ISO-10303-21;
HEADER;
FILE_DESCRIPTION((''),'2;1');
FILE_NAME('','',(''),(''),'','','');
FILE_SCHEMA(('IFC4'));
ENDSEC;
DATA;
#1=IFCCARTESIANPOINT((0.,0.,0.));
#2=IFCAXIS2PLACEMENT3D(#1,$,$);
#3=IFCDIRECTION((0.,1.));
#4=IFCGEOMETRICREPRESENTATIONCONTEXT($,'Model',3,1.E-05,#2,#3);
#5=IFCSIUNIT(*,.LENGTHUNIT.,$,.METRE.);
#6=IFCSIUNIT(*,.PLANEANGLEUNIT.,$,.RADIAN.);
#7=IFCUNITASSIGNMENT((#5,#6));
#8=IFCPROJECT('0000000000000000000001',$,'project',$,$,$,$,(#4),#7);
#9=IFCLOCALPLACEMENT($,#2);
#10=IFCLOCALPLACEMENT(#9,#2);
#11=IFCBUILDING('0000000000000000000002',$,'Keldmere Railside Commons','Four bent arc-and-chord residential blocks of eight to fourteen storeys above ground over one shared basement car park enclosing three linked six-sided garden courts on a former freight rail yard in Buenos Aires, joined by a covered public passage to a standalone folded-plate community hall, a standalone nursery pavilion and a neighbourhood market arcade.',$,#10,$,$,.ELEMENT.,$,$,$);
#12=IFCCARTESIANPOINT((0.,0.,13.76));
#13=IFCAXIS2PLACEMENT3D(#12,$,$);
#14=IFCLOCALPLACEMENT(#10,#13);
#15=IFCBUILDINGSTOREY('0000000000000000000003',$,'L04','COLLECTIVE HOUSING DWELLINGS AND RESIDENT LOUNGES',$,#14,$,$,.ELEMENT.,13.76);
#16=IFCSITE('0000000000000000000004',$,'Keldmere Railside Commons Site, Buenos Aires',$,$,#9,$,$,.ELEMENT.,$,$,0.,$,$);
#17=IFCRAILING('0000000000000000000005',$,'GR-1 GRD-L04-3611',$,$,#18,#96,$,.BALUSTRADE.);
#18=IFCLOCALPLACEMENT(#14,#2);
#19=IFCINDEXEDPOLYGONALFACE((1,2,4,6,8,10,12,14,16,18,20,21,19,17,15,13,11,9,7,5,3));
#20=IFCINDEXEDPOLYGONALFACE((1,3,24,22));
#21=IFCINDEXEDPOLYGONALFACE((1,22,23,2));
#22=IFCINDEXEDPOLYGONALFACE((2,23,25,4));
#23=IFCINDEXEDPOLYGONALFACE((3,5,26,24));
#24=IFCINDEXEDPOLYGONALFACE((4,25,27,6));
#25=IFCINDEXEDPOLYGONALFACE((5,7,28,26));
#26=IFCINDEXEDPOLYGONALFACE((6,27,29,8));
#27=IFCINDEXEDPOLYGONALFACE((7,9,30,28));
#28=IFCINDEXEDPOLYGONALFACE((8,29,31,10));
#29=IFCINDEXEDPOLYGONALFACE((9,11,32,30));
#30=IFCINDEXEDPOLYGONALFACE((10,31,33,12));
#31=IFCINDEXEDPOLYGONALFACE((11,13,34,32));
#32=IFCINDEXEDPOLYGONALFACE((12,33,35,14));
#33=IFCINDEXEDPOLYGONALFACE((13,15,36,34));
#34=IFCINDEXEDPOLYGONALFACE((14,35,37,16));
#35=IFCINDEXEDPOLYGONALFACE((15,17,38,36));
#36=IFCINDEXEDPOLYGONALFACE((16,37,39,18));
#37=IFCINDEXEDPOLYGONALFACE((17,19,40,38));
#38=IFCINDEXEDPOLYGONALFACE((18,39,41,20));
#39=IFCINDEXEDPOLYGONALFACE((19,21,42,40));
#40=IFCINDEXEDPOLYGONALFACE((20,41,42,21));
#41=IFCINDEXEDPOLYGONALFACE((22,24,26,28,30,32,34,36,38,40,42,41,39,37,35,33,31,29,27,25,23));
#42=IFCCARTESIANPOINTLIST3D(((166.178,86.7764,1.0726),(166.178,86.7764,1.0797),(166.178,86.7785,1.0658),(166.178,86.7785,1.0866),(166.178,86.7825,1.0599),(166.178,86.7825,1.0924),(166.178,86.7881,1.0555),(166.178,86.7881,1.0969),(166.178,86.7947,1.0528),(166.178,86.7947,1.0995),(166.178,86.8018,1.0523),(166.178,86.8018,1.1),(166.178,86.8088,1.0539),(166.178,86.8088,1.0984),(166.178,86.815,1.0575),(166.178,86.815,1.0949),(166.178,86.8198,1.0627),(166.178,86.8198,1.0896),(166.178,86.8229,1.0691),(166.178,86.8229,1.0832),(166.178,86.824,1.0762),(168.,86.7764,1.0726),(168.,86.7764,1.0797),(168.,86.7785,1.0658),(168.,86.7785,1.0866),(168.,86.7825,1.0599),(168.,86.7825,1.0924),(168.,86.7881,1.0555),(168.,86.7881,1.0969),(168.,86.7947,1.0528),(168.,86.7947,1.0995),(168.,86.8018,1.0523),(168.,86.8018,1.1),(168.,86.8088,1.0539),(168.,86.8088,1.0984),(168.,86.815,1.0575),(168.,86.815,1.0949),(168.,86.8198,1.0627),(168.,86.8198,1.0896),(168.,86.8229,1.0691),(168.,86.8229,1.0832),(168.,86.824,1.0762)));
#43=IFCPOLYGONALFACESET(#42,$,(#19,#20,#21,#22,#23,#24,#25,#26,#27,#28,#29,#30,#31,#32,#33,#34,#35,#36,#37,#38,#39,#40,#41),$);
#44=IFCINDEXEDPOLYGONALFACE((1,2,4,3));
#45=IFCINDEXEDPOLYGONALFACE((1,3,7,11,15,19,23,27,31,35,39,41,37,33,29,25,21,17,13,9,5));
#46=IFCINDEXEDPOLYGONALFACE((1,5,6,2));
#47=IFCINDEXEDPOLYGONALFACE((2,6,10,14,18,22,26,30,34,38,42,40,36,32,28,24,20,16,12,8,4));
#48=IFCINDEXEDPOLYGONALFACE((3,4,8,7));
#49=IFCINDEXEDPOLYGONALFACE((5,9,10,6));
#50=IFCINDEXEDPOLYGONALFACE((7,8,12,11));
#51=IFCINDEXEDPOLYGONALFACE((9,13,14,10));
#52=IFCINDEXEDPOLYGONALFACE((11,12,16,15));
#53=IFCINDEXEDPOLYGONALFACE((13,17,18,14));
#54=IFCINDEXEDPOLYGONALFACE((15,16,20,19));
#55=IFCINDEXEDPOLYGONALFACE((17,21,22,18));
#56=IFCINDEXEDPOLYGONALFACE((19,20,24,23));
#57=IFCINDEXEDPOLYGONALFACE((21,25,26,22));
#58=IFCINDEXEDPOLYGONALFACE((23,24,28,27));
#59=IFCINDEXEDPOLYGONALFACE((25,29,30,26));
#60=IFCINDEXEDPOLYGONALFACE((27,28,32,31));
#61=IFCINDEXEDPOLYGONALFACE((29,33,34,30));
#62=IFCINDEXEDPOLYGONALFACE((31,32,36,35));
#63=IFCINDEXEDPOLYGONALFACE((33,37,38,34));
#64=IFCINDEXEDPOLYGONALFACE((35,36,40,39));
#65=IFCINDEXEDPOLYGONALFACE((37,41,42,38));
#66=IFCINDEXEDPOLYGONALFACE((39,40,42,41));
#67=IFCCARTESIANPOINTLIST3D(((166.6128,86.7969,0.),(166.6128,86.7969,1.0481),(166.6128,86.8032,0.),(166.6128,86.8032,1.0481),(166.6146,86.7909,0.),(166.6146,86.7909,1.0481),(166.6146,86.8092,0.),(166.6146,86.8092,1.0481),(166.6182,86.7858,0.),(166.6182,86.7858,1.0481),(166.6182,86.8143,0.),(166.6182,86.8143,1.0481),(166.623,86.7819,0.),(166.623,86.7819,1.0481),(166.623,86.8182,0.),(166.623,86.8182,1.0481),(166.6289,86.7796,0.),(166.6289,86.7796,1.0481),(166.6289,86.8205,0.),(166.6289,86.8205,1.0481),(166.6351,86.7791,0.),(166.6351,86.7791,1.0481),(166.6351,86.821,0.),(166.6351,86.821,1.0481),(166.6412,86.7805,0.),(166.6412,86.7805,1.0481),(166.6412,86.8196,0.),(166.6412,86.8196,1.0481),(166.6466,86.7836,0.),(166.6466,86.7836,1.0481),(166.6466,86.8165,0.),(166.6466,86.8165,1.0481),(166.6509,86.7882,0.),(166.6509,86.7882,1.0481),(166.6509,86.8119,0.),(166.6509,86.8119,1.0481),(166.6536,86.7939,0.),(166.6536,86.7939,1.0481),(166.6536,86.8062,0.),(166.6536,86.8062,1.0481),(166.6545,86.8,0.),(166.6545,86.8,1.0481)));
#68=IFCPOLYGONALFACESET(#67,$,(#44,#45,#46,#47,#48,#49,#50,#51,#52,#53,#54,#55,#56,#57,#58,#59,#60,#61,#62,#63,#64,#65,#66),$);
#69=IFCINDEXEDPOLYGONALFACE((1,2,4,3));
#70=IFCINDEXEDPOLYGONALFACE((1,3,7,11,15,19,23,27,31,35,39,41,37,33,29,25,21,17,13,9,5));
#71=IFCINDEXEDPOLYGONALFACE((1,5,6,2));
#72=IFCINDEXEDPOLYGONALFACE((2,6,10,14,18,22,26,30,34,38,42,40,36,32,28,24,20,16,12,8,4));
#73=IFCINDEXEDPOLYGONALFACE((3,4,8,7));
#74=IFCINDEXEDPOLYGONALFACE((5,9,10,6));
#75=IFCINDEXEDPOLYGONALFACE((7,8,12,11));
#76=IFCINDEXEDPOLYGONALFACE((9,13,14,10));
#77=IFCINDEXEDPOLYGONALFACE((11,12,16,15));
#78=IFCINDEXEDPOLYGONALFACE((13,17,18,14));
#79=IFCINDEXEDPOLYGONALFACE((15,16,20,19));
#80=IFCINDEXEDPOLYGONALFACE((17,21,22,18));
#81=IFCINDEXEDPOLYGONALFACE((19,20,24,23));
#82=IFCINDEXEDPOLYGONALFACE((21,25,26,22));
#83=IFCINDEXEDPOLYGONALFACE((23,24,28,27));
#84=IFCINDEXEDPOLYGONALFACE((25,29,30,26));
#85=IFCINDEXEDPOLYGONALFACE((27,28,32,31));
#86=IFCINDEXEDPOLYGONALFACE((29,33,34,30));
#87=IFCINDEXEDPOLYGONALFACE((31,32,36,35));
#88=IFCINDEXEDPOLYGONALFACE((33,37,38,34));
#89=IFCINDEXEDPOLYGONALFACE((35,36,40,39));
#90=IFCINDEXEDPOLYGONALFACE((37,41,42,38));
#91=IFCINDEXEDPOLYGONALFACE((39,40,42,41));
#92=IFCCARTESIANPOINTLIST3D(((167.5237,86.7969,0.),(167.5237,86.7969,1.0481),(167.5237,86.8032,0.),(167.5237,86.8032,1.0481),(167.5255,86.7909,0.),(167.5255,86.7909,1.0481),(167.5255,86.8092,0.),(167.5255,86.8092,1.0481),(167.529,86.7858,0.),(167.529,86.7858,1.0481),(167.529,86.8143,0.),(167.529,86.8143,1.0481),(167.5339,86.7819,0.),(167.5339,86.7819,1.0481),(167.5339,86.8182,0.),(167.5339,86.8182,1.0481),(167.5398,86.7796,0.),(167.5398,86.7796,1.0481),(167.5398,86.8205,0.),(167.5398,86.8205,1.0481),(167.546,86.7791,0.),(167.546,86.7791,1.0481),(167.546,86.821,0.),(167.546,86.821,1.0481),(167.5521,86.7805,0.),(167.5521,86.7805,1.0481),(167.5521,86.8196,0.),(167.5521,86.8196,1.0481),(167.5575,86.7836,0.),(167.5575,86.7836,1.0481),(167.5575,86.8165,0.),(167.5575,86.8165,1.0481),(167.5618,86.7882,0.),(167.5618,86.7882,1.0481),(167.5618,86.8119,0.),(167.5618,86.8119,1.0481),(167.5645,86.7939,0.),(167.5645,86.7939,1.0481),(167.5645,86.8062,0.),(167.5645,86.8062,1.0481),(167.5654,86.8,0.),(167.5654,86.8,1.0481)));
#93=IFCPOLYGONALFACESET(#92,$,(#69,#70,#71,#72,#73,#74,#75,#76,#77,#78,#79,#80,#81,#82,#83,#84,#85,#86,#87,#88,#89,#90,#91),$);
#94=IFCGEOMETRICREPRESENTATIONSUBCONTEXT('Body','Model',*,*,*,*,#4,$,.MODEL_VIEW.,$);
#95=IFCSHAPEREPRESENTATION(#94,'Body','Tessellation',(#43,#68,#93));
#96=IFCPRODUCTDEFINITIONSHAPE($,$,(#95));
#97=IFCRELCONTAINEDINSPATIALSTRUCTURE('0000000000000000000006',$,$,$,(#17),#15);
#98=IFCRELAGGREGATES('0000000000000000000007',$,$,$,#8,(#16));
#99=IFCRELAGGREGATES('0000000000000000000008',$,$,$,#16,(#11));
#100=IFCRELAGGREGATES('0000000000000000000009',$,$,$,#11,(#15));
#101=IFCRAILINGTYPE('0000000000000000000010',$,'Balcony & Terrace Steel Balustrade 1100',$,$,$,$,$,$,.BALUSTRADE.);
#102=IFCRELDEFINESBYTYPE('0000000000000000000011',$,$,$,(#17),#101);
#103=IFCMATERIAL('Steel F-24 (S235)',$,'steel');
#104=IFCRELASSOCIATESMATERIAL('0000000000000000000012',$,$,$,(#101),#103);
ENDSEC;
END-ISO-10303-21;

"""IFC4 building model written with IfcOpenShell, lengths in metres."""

from ifc_helpers import new_model, si_unit, direction, frame, origin, origin_2d, place, context, subcontext, project, spatial, circle, extrude, material, type_object, element, save


model = new_model("IFC4")

# Units and contexts
model_context = context("Model", 3, precision=1e-05, world=origin(), true_north=direction((0.0, 1.0)))
body_context = subcontext(model_context, "Body", "Model", "MODEL_VIEW")
ifc_project = project(units=[si_unit("LENGTHUNIT", "METRE"), si_unit("PLANEANGLEUNIT", "RADIAN")], contexts=[model_context])

# Site, building, storey
site_placement = place(None, origin())
site = spatial("IfcSite", under=ifc_project, at=site_placement, Name="Keldmere Railside Commons Site, Buenos Aires", CompositionType="ELEMENT", RefElevation=0.0)
building_placement = place(site_placement, origin())
building = spatial("IfcBuilding", under=site, at=building_placement, Name="Keldmere Railside Commons", Description="Four bent arc-and-chord residential blocks of eight to fourteen storeys above ground over one shared basement car park enclosing three linked six-sided garden courts on a former freight rail yard in Buenos Aires, joined by a covered public passage to a standalone folded-plate community hall, a standalone nursery pavilion and a neighbourhood market arcade.", CompositionType="ELEMENT")
storey_placement = place(building_placement, frame((0.0, 0.0, 13.76)))
storey = spatial("IfcBuildingStorey", under=building, at=storey_placement, Name="L04", Description="COLLECTIVE HOUSING DWELLINGS AND RESIDENT LOUNGES", CompositionType="ELEMENT", Elevation=13.76)

# Railing
ifc_material_1 = material(Name="Steel F-24 (S235)", Category="steel")
railing_type = type_object("IfcRailingType", Name="Balcony & Terrace Steel Balustrade 1100", PredefinedType="BALUSTRADE", material=ifc_material_1)
railing_1_placement = place(storey_placement, frame((166.178, 86.8, 0.0)))
element("IfcRailing", 1, at=railing_1_placement, inside=storey, type_object=railing_type, Name="GR-1 GRD-L04-3611", PredefinedType="BALUSTRADE", context=body_context, shape_type="SweptSolid", body=[
    extrude(circle(Radius=0.0239, at=origin_2d()), frame((0.0, 0.0, 1.0762), z_axis=(1.0, 0.0, 0.0), x_axis=(0.0, 1.0, 0.0)), (0.0, 0.0, 1.0), 1.822),
    extrude(circle(Radius=0.021, at=origin_2d()), frame((0.4556, 0.0, 0.0)), (0.0, 0.0, 1.0), 1.0481),
    extrude(circle(Radius=0.021, at=origin_2d()), frame((1.3665, 0.0, 0.0)), (0.0, 0.0, 1.0), 1.0481),
])

save(model, "model.ifc")
